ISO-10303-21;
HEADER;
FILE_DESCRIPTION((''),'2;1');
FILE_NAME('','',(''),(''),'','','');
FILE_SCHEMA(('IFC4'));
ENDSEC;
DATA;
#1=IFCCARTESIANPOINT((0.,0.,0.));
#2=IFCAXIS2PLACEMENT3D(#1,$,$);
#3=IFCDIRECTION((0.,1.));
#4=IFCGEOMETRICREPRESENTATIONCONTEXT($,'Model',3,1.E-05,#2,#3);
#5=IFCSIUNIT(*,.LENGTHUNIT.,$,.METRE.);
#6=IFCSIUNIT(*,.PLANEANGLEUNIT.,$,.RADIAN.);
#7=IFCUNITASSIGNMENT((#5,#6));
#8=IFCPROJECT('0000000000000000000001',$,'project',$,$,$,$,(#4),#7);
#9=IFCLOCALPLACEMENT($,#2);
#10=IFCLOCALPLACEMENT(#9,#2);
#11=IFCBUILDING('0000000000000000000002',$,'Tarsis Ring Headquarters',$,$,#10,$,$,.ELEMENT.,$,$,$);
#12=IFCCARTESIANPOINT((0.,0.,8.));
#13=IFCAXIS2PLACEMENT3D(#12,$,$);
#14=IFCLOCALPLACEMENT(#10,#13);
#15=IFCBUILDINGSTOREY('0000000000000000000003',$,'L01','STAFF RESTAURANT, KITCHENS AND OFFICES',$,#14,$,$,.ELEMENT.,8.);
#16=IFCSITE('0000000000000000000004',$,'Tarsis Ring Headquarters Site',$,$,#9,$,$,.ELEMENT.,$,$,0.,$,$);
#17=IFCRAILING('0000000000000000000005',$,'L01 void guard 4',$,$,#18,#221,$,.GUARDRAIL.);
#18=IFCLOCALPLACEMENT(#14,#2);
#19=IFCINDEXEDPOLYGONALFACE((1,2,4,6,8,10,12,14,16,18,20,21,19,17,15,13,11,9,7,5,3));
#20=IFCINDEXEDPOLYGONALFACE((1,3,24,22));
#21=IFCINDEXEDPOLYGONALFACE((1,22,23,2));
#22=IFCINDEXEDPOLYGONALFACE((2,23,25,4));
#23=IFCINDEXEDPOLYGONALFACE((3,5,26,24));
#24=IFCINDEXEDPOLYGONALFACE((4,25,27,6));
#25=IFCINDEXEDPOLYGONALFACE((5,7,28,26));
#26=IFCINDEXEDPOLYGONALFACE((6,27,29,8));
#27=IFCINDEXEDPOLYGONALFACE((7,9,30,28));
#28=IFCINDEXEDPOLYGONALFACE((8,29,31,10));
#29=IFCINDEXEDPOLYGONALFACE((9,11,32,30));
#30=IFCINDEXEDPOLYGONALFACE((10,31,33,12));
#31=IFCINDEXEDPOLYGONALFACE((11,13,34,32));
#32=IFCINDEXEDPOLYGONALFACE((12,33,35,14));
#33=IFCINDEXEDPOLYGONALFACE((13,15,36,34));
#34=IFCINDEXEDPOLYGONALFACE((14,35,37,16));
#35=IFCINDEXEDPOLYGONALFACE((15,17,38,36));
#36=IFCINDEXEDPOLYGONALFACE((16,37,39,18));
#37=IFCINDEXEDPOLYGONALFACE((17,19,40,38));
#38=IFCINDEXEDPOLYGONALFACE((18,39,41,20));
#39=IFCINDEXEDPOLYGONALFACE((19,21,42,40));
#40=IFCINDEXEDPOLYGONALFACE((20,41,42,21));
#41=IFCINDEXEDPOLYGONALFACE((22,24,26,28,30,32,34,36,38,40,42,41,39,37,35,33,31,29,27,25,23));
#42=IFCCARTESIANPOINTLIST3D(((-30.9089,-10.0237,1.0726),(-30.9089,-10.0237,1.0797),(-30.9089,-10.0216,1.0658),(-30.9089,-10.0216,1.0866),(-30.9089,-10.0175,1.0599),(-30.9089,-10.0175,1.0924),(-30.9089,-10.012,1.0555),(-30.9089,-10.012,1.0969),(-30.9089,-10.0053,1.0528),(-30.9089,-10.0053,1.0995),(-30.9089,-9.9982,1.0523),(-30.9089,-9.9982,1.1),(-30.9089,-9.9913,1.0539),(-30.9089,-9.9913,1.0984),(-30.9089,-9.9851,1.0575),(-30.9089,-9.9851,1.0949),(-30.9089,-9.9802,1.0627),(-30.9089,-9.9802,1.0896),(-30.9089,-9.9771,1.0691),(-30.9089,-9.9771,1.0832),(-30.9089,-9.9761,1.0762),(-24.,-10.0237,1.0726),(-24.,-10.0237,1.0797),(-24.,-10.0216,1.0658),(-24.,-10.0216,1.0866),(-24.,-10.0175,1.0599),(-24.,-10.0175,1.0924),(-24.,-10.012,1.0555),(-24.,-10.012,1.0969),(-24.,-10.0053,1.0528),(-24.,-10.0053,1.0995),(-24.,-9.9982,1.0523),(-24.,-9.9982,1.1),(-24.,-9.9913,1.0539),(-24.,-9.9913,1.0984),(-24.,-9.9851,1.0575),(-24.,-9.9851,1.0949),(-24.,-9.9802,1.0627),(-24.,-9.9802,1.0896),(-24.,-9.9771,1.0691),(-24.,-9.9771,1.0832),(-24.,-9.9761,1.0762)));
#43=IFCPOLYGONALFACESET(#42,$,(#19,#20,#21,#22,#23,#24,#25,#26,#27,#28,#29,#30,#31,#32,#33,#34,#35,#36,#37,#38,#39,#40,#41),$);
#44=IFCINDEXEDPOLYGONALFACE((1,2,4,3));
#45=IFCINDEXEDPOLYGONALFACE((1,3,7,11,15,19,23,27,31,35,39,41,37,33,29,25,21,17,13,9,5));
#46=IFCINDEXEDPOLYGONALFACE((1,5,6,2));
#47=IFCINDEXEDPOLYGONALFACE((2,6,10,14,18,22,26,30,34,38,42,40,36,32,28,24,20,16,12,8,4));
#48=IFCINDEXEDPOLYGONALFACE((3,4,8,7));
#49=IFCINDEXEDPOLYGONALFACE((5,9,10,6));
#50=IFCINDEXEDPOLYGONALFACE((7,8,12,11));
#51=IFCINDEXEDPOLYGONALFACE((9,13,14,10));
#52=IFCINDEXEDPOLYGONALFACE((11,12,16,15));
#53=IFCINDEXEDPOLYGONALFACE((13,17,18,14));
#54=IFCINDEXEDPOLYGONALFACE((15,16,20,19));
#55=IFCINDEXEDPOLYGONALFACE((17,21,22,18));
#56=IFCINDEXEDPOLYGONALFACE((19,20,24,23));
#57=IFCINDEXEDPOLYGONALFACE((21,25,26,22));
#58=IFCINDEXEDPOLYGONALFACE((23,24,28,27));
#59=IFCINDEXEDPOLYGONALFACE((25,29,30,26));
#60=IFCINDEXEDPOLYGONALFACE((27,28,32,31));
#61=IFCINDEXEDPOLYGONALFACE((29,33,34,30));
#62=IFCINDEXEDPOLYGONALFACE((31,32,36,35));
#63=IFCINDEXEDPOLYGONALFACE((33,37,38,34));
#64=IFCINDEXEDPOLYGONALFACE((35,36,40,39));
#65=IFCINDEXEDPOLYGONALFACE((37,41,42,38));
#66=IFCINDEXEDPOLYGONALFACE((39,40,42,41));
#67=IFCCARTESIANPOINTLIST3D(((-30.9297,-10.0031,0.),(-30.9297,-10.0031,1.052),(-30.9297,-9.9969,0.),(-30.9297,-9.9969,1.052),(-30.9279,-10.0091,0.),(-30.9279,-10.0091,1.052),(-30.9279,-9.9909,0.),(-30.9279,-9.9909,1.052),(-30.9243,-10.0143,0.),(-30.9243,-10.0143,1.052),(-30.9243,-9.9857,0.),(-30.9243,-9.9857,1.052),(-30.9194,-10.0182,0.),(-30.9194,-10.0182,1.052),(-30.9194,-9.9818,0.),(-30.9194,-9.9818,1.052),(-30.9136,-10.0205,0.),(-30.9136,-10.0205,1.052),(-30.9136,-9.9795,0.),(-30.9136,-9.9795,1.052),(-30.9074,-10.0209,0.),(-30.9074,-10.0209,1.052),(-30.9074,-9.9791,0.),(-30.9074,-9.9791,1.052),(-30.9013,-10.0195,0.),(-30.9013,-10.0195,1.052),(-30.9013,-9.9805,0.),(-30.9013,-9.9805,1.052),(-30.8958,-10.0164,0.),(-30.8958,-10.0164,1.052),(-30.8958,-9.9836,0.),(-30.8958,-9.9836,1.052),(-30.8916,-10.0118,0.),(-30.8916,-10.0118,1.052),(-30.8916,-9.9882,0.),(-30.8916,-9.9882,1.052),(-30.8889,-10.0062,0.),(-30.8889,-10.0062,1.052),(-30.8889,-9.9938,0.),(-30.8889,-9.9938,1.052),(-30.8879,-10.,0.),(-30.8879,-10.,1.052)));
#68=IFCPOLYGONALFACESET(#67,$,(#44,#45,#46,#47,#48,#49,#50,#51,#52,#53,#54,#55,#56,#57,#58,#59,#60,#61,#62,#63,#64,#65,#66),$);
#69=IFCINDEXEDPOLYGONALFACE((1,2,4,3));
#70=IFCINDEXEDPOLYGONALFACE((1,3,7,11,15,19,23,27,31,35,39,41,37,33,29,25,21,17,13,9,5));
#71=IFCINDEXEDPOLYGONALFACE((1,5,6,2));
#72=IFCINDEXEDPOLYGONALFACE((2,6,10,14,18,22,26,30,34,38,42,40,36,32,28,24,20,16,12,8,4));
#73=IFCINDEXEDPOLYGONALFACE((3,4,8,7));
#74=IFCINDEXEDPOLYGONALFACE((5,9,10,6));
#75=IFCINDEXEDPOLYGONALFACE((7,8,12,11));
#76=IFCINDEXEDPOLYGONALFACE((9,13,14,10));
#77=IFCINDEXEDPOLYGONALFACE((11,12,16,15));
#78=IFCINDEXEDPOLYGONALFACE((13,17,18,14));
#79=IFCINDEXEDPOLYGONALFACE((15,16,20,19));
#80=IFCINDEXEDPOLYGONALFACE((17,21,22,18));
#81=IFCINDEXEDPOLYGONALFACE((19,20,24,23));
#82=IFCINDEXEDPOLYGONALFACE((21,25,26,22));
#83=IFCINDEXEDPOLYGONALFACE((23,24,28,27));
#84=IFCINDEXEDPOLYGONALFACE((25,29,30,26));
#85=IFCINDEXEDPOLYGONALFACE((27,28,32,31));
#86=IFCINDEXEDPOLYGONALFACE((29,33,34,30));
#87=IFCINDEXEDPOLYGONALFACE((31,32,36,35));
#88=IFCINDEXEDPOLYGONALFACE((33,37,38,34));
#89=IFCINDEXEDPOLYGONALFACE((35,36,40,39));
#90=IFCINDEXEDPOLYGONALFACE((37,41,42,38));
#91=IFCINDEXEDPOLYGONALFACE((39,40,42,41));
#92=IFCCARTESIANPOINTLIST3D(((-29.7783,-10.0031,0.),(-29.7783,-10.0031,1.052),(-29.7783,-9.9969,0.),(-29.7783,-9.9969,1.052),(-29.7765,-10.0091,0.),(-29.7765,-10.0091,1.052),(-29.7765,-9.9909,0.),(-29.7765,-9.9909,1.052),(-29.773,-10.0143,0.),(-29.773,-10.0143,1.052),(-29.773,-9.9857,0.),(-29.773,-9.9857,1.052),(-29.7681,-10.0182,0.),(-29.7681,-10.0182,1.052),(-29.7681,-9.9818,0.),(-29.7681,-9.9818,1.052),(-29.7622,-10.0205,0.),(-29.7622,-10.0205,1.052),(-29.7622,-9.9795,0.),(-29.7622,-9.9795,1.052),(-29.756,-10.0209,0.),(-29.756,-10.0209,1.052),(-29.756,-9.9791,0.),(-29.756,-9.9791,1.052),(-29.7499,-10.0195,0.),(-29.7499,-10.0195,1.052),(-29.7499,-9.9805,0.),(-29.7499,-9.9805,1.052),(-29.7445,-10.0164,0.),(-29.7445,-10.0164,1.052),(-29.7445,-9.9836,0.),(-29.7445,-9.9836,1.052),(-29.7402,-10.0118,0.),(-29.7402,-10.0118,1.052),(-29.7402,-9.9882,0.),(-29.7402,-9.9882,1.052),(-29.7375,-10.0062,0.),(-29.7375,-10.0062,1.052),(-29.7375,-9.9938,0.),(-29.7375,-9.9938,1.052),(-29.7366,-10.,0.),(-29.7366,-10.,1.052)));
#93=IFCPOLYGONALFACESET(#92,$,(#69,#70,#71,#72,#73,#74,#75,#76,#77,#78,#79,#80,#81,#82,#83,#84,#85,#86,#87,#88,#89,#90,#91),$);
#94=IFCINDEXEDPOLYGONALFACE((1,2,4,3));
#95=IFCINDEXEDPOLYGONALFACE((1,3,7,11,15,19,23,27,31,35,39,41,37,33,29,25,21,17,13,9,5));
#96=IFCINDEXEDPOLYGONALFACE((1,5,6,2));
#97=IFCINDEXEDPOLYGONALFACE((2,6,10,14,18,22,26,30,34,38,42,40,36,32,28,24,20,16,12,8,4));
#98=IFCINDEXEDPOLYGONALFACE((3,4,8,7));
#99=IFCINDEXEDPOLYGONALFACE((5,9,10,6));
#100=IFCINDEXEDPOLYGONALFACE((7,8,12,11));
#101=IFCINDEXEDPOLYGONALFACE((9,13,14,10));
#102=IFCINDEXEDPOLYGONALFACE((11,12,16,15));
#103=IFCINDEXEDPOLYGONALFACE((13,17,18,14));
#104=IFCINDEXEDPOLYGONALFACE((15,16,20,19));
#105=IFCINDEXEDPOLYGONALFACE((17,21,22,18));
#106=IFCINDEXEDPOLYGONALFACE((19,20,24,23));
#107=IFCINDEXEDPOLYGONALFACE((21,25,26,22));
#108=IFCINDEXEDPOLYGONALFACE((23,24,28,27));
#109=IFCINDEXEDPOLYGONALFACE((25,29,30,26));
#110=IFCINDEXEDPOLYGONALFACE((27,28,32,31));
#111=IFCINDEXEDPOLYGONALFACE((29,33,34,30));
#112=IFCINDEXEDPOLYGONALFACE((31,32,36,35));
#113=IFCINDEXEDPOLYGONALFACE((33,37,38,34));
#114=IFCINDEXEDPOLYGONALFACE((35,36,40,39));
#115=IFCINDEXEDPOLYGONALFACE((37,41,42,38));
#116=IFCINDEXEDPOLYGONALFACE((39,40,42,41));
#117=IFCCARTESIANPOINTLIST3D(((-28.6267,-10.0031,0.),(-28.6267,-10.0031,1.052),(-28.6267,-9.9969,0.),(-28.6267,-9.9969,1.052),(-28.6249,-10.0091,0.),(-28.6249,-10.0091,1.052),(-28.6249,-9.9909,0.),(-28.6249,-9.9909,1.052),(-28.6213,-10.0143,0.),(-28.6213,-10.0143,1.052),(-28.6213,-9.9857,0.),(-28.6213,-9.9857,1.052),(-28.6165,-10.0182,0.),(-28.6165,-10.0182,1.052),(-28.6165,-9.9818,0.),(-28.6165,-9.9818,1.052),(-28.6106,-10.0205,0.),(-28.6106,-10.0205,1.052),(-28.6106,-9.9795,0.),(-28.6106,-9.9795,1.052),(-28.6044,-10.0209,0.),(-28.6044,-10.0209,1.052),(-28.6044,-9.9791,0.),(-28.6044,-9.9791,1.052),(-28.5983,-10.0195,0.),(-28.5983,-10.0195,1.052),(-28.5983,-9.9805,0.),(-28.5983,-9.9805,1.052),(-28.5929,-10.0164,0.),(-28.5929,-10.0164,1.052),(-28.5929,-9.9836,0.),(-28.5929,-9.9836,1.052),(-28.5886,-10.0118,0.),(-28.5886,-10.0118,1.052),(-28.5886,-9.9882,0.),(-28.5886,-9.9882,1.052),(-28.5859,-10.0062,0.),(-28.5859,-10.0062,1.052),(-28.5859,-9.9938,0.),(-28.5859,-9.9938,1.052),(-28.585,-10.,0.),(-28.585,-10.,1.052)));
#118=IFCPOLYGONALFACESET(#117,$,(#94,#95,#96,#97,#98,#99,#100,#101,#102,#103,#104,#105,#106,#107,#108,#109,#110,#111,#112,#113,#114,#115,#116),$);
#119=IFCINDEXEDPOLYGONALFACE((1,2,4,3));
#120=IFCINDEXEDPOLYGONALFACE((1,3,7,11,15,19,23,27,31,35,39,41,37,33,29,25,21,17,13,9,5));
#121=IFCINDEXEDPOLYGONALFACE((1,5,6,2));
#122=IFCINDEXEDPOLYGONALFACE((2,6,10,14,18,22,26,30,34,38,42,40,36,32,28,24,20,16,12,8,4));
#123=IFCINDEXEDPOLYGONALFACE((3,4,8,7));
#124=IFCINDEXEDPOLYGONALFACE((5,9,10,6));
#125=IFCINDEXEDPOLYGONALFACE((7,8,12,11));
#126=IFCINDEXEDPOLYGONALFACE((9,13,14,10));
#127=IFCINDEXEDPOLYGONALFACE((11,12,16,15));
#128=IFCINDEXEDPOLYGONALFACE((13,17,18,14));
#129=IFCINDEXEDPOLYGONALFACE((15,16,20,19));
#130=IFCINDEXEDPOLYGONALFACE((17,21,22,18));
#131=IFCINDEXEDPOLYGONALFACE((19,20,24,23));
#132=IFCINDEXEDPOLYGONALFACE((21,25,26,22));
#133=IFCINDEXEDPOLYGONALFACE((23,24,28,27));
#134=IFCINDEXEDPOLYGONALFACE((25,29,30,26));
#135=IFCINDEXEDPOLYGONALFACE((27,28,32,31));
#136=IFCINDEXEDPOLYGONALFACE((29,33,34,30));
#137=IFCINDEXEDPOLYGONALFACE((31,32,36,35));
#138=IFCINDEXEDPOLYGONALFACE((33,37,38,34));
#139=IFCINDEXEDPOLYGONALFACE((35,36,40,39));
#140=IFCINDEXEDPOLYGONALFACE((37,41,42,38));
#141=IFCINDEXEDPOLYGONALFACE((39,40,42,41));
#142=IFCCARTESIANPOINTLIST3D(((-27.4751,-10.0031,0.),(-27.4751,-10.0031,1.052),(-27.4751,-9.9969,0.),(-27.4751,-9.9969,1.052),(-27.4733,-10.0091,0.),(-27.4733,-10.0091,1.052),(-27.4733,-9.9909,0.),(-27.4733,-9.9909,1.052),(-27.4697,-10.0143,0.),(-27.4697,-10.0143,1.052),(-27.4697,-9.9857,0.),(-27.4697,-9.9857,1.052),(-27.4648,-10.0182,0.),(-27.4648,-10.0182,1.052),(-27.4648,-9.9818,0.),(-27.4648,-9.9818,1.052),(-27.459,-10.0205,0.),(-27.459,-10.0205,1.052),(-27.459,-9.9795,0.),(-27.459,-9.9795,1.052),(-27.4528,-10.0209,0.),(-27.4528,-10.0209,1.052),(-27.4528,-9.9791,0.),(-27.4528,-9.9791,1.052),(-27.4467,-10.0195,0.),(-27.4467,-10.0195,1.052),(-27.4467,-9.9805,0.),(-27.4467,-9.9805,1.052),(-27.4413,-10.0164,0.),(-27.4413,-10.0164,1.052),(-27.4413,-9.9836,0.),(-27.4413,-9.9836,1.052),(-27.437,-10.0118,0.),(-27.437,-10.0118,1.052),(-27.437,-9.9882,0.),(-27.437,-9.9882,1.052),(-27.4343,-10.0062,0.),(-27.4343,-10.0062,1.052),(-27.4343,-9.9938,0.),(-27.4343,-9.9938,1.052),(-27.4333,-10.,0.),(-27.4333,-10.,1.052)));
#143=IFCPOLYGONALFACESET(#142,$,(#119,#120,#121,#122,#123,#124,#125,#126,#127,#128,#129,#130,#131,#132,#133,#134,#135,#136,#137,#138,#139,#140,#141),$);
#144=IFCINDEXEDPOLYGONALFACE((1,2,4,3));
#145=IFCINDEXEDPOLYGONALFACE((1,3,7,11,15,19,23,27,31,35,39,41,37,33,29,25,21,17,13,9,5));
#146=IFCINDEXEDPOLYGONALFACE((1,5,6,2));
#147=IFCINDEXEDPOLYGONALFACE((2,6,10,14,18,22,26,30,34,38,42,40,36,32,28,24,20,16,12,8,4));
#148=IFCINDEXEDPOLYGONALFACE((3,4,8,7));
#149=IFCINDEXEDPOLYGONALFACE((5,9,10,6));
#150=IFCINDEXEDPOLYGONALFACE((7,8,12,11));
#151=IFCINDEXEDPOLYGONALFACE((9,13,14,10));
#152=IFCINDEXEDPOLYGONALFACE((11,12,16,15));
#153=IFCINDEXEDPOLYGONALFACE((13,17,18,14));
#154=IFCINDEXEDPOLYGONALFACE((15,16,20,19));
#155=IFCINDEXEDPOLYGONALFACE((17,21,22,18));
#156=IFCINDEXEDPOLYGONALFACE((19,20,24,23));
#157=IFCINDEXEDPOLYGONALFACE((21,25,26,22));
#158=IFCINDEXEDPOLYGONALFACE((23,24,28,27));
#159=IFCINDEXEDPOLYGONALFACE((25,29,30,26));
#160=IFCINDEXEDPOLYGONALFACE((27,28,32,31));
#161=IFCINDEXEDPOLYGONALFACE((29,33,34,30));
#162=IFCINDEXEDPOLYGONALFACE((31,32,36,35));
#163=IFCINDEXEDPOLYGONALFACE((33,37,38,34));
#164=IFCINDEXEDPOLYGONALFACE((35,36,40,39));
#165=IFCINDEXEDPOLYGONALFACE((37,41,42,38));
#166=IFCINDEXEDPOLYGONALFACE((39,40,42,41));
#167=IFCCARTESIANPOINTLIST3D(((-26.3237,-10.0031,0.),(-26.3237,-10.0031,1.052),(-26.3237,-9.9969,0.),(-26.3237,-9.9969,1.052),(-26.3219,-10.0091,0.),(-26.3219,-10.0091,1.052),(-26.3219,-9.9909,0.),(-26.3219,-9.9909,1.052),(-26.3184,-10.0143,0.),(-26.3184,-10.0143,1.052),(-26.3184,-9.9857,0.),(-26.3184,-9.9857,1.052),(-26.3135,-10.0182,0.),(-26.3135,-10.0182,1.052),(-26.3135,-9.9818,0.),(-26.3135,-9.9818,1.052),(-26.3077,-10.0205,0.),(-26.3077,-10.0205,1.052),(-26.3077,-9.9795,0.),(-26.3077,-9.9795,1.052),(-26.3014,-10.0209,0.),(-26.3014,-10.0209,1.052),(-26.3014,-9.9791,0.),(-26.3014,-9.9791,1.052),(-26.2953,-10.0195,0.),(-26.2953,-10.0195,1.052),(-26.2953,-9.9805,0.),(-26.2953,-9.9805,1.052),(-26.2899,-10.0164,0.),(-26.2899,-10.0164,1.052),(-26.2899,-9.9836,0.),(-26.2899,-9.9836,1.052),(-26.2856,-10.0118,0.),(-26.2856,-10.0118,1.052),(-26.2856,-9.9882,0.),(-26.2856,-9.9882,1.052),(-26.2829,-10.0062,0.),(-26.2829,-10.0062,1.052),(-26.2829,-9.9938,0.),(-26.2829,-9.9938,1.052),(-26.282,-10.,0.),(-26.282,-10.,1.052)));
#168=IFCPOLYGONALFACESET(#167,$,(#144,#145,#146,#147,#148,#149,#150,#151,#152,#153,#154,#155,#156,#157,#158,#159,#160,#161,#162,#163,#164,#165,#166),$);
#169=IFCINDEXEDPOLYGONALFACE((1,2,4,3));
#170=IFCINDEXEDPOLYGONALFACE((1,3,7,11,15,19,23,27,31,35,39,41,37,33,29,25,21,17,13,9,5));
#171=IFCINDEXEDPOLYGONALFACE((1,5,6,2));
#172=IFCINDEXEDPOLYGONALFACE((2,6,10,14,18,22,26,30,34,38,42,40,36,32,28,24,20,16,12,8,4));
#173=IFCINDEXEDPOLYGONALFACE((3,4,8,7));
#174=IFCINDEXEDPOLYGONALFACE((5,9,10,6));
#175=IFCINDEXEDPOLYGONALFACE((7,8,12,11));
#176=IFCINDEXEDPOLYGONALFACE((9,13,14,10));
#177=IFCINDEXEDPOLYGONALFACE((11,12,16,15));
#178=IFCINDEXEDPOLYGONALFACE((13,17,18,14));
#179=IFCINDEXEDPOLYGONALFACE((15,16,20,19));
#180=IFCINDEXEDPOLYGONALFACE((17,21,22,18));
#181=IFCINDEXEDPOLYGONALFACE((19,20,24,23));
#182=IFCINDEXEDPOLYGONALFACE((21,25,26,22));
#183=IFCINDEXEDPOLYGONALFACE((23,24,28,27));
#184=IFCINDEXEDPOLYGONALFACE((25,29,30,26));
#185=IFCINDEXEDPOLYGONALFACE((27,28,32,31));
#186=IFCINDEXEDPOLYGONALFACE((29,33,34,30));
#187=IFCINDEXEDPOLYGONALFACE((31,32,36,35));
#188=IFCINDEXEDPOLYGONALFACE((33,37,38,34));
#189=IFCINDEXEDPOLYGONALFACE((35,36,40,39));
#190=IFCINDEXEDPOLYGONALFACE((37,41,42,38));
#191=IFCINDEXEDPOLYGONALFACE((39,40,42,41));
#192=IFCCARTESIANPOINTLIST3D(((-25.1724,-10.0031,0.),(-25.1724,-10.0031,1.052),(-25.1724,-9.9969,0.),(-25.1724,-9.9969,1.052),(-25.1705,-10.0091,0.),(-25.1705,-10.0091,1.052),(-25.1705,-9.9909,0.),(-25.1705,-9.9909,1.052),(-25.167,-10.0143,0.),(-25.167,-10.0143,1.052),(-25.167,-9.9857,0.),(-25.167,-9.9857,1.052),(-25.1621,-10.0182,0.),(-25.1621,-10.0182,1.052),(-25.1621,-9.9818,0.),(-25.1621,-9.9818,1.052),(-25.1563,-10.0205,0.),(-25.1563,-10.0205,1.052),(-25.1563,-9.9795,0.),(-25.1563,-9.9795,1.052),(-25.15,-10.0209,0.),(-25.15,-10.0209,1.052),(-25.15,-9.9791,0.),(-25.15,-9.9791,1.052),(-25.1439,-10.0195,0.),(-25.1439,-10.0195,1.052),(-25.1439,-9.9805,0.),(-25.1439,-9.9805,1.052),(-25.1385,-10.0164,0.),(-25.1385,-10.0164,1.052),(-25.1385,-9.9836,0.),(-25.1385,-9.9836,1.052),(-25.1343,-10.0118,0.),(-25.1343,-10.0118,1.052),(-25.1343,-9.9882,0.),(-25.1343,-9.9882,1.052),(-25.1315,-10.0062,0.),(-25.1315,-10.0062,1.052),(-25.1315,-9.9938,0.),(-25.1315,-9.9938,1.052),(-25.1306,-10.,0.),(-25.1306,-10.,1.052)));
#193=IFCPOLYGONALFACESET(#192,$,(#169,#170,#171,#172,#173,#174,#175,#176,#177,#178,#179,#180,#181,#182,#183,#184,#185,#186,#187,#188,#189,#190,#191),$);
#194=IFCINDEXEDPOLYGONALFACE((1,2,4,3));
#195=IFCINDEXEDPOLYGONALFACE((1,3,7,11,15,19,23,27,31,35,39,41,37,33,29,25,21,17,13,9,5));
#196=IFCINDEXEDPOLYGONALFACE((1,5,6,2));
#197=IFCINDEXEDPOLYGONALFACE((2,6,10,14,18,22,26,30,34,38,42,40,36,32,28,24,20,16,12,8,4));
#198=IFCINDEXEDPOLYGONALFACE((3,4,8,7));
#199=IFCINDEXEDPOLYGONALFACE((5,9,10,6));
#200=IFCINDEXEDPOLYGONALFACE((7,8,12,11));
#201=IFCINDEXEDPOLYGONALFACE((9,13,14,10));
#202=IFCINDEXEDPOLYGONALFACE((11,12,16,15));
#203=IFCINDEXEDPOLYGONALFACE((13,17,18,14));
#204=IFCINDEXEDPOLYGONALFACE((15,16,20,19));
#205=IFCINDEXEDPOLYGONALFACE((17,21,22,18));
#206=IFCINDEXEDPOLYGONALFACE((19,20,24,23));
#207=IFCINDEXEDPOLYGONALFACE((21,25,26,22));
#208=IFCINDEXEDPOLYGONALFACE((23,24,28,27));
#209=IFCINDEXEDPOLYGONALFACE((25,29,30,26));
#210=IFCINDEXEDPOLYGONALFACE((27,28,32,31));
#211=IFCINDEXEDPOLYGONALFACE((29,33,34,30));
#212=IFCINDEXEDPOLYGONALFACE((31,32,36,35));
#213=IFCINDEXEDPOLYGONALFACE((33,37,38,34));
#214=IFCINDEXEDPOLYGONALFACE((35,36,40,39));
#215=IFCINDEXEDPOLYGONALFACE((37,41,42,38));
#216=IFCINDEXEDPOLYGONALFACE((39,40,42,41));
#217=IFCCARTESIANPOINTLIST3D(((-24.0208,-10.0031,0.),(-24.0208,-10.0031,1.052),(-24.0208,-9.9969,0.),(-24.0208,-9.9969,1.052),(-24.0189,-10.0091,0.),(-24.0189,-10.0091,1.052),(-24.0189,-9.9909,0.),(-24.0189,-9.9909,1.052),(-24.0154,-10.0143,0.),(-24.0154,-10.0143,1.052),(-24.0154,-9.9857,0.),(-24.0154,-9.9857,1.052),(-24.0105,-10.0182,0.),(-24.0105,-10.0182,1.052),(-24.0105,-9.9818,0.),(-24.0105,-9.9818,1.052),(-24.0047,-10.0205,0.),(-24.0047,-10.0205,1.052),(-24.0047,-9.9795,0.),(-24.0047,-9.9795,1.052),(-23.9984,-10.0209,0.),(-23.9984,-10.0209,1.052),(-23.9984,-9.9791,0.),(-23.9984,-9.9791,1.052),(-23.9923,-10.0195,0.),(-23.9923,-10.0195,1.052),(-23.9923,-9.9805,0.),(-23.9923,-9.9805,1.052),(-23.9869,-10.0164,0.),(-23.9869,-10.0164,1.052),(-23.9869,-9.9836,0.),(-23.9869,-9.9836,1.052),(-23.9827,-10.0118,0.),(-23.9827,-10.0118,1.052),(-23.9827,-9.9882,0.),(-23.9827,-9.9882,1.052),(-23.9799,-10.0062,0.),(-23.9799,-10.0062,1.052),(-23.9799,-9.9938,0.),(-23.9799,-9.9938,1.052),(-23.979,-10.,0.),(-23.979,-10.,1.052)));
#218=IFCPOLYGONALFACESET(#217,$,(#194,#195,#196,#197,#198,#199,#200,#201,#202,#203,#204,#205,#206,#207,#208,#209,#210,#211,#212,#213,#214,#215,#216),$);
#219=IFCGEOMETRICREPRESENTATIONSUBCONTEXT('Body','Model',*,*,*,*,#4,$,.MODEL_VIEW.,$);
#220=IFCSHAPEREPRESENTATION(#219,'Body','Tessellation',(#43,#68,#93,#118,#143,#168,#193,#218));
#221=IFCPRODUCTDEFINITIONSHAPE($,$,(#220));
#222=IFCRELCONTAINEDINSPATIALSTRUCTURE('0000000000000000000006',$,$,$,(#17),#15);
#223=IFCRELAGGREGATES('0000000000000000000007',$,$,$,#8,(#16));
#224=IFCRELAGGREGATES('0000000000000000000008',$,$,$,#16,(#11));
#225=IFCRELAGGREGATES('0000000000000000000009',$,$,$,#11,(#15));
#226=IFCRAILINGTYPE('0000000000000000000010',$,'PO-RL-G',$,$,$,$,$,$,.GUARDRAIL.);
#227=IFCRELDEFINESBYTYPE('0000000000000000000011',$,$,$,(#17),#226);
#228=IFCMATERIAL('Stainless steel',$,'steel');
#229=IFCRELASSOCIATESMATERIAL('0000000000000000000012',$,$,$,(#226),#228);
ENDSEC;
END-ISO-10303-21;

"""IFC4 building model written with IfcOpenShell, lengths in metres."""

from ifc_helpers import new_model, si_unit, direction, frame, origin, origin_2d, place, context, subcontext, project, spatial, circle, extrude, material, type_object, element, save


model = new_model("IFC4")

# Units and contexts
model_context = context("Model", 3, precision=1e-05, world=origin(), true_north=direction((0.0, 1.0)))
body_context = subcontext(model_context, "Body", "Model", "MODEL_VIEW")
ifc_project = project(units=[si_unit("LENGTHUNIT", "METRE"), si_unit("PLANEANGLEUNIT", "RADIAN")], contexts=[model_context])

# Site, building, storey
site_placement = place(None, origin())
site = spatial("IfcSite", under=ifc_project, at=site_placement, Name="Tarsis Ring Headquarters Site", CompositionType="ELEMENT", RefElevation=0.0)
building_placement = place(site_placement, origin())
building = spatial("IfcBuilding", under=site, at=building_placement, Name="Tarsis Ring Headquarters", CompositionType="ELEMENT")
storey_placement = place(building_placement, frame((0.0, 0.0, 8.0)))
storey = spatial("IfcBuildingStorey", under=building, at=storey_placement, Name="L01", Description="STAFF RESTAURANT, KITCHENS AND OFFICES", CompositionType="ELEMENT", Elevation=8.0)

# Railing
ifc_material_1 = material(Name="Stainless steel", Category="steel")
railing_type = type_object("IfcRailingType", Name="PO-RL-G", PredefinedType="GUARDRAIL", material=ifc_material_1)
railing_1_placement = place(storey_placement, frame((-30.9089, -10.0, 0.0)))
element("IfcRailing", 1, at=railing_1_placement, inside=storey, type_object=railing_type, Name="L01 void guard 4", PredefinedType="GUARDRAIL", context=body_context, shape_type="SweptSolid", body=[
    extrude(circle(Radius=0.0239, at=origin_2d()), frame((0.0, 0.0, 1.0762), z_axis=(1.0, 0.0, 0.0), x_axis=(0.0, 1.0, 0.0)), (0.0, 0.0, 1.0), 6.9089),
    extrude(circle(Radius=0.021, at=origin_2d()), origin(), (0.0, 0.0, 1.0), 1.052),
    extrude(circle(Radius=0.021, at=origin_2d()), frame((1.1514, 0.0, 0.0)), (0.0, 0.0, 1.0), 1.052),
    extrude(circle(Radius=0.021, at=origin_2d()), frame((2.303, 0.0, 0.0)), (0.0, 0.0, 1.0), 1.052),
    extrude(circle(Radius=0.021, at=origin_2d()), frame((3.4546, 0.0, 0.0)), (0.0, 0.0, 1.0), 1.052),
    extrude(circle(Radius=0.021, at=origin_2d()), frame((4.606, 0.0, 0.0)), (0.0, 0.0, 1.0), 1.052),
    extrude(circle(Radius=0.021, at=origin_2d()), frame((5.7573, 0.0, 0.0)), (0.0, 0.0, 1.0), 1.052),
    extrude(circle(Radius=0.021, at=origin_2d()), frame((6.9089, 0.0, 0.0)), (0.0, 0.0, 1.0), 1.052),
])

save(model, "model.ifc")
